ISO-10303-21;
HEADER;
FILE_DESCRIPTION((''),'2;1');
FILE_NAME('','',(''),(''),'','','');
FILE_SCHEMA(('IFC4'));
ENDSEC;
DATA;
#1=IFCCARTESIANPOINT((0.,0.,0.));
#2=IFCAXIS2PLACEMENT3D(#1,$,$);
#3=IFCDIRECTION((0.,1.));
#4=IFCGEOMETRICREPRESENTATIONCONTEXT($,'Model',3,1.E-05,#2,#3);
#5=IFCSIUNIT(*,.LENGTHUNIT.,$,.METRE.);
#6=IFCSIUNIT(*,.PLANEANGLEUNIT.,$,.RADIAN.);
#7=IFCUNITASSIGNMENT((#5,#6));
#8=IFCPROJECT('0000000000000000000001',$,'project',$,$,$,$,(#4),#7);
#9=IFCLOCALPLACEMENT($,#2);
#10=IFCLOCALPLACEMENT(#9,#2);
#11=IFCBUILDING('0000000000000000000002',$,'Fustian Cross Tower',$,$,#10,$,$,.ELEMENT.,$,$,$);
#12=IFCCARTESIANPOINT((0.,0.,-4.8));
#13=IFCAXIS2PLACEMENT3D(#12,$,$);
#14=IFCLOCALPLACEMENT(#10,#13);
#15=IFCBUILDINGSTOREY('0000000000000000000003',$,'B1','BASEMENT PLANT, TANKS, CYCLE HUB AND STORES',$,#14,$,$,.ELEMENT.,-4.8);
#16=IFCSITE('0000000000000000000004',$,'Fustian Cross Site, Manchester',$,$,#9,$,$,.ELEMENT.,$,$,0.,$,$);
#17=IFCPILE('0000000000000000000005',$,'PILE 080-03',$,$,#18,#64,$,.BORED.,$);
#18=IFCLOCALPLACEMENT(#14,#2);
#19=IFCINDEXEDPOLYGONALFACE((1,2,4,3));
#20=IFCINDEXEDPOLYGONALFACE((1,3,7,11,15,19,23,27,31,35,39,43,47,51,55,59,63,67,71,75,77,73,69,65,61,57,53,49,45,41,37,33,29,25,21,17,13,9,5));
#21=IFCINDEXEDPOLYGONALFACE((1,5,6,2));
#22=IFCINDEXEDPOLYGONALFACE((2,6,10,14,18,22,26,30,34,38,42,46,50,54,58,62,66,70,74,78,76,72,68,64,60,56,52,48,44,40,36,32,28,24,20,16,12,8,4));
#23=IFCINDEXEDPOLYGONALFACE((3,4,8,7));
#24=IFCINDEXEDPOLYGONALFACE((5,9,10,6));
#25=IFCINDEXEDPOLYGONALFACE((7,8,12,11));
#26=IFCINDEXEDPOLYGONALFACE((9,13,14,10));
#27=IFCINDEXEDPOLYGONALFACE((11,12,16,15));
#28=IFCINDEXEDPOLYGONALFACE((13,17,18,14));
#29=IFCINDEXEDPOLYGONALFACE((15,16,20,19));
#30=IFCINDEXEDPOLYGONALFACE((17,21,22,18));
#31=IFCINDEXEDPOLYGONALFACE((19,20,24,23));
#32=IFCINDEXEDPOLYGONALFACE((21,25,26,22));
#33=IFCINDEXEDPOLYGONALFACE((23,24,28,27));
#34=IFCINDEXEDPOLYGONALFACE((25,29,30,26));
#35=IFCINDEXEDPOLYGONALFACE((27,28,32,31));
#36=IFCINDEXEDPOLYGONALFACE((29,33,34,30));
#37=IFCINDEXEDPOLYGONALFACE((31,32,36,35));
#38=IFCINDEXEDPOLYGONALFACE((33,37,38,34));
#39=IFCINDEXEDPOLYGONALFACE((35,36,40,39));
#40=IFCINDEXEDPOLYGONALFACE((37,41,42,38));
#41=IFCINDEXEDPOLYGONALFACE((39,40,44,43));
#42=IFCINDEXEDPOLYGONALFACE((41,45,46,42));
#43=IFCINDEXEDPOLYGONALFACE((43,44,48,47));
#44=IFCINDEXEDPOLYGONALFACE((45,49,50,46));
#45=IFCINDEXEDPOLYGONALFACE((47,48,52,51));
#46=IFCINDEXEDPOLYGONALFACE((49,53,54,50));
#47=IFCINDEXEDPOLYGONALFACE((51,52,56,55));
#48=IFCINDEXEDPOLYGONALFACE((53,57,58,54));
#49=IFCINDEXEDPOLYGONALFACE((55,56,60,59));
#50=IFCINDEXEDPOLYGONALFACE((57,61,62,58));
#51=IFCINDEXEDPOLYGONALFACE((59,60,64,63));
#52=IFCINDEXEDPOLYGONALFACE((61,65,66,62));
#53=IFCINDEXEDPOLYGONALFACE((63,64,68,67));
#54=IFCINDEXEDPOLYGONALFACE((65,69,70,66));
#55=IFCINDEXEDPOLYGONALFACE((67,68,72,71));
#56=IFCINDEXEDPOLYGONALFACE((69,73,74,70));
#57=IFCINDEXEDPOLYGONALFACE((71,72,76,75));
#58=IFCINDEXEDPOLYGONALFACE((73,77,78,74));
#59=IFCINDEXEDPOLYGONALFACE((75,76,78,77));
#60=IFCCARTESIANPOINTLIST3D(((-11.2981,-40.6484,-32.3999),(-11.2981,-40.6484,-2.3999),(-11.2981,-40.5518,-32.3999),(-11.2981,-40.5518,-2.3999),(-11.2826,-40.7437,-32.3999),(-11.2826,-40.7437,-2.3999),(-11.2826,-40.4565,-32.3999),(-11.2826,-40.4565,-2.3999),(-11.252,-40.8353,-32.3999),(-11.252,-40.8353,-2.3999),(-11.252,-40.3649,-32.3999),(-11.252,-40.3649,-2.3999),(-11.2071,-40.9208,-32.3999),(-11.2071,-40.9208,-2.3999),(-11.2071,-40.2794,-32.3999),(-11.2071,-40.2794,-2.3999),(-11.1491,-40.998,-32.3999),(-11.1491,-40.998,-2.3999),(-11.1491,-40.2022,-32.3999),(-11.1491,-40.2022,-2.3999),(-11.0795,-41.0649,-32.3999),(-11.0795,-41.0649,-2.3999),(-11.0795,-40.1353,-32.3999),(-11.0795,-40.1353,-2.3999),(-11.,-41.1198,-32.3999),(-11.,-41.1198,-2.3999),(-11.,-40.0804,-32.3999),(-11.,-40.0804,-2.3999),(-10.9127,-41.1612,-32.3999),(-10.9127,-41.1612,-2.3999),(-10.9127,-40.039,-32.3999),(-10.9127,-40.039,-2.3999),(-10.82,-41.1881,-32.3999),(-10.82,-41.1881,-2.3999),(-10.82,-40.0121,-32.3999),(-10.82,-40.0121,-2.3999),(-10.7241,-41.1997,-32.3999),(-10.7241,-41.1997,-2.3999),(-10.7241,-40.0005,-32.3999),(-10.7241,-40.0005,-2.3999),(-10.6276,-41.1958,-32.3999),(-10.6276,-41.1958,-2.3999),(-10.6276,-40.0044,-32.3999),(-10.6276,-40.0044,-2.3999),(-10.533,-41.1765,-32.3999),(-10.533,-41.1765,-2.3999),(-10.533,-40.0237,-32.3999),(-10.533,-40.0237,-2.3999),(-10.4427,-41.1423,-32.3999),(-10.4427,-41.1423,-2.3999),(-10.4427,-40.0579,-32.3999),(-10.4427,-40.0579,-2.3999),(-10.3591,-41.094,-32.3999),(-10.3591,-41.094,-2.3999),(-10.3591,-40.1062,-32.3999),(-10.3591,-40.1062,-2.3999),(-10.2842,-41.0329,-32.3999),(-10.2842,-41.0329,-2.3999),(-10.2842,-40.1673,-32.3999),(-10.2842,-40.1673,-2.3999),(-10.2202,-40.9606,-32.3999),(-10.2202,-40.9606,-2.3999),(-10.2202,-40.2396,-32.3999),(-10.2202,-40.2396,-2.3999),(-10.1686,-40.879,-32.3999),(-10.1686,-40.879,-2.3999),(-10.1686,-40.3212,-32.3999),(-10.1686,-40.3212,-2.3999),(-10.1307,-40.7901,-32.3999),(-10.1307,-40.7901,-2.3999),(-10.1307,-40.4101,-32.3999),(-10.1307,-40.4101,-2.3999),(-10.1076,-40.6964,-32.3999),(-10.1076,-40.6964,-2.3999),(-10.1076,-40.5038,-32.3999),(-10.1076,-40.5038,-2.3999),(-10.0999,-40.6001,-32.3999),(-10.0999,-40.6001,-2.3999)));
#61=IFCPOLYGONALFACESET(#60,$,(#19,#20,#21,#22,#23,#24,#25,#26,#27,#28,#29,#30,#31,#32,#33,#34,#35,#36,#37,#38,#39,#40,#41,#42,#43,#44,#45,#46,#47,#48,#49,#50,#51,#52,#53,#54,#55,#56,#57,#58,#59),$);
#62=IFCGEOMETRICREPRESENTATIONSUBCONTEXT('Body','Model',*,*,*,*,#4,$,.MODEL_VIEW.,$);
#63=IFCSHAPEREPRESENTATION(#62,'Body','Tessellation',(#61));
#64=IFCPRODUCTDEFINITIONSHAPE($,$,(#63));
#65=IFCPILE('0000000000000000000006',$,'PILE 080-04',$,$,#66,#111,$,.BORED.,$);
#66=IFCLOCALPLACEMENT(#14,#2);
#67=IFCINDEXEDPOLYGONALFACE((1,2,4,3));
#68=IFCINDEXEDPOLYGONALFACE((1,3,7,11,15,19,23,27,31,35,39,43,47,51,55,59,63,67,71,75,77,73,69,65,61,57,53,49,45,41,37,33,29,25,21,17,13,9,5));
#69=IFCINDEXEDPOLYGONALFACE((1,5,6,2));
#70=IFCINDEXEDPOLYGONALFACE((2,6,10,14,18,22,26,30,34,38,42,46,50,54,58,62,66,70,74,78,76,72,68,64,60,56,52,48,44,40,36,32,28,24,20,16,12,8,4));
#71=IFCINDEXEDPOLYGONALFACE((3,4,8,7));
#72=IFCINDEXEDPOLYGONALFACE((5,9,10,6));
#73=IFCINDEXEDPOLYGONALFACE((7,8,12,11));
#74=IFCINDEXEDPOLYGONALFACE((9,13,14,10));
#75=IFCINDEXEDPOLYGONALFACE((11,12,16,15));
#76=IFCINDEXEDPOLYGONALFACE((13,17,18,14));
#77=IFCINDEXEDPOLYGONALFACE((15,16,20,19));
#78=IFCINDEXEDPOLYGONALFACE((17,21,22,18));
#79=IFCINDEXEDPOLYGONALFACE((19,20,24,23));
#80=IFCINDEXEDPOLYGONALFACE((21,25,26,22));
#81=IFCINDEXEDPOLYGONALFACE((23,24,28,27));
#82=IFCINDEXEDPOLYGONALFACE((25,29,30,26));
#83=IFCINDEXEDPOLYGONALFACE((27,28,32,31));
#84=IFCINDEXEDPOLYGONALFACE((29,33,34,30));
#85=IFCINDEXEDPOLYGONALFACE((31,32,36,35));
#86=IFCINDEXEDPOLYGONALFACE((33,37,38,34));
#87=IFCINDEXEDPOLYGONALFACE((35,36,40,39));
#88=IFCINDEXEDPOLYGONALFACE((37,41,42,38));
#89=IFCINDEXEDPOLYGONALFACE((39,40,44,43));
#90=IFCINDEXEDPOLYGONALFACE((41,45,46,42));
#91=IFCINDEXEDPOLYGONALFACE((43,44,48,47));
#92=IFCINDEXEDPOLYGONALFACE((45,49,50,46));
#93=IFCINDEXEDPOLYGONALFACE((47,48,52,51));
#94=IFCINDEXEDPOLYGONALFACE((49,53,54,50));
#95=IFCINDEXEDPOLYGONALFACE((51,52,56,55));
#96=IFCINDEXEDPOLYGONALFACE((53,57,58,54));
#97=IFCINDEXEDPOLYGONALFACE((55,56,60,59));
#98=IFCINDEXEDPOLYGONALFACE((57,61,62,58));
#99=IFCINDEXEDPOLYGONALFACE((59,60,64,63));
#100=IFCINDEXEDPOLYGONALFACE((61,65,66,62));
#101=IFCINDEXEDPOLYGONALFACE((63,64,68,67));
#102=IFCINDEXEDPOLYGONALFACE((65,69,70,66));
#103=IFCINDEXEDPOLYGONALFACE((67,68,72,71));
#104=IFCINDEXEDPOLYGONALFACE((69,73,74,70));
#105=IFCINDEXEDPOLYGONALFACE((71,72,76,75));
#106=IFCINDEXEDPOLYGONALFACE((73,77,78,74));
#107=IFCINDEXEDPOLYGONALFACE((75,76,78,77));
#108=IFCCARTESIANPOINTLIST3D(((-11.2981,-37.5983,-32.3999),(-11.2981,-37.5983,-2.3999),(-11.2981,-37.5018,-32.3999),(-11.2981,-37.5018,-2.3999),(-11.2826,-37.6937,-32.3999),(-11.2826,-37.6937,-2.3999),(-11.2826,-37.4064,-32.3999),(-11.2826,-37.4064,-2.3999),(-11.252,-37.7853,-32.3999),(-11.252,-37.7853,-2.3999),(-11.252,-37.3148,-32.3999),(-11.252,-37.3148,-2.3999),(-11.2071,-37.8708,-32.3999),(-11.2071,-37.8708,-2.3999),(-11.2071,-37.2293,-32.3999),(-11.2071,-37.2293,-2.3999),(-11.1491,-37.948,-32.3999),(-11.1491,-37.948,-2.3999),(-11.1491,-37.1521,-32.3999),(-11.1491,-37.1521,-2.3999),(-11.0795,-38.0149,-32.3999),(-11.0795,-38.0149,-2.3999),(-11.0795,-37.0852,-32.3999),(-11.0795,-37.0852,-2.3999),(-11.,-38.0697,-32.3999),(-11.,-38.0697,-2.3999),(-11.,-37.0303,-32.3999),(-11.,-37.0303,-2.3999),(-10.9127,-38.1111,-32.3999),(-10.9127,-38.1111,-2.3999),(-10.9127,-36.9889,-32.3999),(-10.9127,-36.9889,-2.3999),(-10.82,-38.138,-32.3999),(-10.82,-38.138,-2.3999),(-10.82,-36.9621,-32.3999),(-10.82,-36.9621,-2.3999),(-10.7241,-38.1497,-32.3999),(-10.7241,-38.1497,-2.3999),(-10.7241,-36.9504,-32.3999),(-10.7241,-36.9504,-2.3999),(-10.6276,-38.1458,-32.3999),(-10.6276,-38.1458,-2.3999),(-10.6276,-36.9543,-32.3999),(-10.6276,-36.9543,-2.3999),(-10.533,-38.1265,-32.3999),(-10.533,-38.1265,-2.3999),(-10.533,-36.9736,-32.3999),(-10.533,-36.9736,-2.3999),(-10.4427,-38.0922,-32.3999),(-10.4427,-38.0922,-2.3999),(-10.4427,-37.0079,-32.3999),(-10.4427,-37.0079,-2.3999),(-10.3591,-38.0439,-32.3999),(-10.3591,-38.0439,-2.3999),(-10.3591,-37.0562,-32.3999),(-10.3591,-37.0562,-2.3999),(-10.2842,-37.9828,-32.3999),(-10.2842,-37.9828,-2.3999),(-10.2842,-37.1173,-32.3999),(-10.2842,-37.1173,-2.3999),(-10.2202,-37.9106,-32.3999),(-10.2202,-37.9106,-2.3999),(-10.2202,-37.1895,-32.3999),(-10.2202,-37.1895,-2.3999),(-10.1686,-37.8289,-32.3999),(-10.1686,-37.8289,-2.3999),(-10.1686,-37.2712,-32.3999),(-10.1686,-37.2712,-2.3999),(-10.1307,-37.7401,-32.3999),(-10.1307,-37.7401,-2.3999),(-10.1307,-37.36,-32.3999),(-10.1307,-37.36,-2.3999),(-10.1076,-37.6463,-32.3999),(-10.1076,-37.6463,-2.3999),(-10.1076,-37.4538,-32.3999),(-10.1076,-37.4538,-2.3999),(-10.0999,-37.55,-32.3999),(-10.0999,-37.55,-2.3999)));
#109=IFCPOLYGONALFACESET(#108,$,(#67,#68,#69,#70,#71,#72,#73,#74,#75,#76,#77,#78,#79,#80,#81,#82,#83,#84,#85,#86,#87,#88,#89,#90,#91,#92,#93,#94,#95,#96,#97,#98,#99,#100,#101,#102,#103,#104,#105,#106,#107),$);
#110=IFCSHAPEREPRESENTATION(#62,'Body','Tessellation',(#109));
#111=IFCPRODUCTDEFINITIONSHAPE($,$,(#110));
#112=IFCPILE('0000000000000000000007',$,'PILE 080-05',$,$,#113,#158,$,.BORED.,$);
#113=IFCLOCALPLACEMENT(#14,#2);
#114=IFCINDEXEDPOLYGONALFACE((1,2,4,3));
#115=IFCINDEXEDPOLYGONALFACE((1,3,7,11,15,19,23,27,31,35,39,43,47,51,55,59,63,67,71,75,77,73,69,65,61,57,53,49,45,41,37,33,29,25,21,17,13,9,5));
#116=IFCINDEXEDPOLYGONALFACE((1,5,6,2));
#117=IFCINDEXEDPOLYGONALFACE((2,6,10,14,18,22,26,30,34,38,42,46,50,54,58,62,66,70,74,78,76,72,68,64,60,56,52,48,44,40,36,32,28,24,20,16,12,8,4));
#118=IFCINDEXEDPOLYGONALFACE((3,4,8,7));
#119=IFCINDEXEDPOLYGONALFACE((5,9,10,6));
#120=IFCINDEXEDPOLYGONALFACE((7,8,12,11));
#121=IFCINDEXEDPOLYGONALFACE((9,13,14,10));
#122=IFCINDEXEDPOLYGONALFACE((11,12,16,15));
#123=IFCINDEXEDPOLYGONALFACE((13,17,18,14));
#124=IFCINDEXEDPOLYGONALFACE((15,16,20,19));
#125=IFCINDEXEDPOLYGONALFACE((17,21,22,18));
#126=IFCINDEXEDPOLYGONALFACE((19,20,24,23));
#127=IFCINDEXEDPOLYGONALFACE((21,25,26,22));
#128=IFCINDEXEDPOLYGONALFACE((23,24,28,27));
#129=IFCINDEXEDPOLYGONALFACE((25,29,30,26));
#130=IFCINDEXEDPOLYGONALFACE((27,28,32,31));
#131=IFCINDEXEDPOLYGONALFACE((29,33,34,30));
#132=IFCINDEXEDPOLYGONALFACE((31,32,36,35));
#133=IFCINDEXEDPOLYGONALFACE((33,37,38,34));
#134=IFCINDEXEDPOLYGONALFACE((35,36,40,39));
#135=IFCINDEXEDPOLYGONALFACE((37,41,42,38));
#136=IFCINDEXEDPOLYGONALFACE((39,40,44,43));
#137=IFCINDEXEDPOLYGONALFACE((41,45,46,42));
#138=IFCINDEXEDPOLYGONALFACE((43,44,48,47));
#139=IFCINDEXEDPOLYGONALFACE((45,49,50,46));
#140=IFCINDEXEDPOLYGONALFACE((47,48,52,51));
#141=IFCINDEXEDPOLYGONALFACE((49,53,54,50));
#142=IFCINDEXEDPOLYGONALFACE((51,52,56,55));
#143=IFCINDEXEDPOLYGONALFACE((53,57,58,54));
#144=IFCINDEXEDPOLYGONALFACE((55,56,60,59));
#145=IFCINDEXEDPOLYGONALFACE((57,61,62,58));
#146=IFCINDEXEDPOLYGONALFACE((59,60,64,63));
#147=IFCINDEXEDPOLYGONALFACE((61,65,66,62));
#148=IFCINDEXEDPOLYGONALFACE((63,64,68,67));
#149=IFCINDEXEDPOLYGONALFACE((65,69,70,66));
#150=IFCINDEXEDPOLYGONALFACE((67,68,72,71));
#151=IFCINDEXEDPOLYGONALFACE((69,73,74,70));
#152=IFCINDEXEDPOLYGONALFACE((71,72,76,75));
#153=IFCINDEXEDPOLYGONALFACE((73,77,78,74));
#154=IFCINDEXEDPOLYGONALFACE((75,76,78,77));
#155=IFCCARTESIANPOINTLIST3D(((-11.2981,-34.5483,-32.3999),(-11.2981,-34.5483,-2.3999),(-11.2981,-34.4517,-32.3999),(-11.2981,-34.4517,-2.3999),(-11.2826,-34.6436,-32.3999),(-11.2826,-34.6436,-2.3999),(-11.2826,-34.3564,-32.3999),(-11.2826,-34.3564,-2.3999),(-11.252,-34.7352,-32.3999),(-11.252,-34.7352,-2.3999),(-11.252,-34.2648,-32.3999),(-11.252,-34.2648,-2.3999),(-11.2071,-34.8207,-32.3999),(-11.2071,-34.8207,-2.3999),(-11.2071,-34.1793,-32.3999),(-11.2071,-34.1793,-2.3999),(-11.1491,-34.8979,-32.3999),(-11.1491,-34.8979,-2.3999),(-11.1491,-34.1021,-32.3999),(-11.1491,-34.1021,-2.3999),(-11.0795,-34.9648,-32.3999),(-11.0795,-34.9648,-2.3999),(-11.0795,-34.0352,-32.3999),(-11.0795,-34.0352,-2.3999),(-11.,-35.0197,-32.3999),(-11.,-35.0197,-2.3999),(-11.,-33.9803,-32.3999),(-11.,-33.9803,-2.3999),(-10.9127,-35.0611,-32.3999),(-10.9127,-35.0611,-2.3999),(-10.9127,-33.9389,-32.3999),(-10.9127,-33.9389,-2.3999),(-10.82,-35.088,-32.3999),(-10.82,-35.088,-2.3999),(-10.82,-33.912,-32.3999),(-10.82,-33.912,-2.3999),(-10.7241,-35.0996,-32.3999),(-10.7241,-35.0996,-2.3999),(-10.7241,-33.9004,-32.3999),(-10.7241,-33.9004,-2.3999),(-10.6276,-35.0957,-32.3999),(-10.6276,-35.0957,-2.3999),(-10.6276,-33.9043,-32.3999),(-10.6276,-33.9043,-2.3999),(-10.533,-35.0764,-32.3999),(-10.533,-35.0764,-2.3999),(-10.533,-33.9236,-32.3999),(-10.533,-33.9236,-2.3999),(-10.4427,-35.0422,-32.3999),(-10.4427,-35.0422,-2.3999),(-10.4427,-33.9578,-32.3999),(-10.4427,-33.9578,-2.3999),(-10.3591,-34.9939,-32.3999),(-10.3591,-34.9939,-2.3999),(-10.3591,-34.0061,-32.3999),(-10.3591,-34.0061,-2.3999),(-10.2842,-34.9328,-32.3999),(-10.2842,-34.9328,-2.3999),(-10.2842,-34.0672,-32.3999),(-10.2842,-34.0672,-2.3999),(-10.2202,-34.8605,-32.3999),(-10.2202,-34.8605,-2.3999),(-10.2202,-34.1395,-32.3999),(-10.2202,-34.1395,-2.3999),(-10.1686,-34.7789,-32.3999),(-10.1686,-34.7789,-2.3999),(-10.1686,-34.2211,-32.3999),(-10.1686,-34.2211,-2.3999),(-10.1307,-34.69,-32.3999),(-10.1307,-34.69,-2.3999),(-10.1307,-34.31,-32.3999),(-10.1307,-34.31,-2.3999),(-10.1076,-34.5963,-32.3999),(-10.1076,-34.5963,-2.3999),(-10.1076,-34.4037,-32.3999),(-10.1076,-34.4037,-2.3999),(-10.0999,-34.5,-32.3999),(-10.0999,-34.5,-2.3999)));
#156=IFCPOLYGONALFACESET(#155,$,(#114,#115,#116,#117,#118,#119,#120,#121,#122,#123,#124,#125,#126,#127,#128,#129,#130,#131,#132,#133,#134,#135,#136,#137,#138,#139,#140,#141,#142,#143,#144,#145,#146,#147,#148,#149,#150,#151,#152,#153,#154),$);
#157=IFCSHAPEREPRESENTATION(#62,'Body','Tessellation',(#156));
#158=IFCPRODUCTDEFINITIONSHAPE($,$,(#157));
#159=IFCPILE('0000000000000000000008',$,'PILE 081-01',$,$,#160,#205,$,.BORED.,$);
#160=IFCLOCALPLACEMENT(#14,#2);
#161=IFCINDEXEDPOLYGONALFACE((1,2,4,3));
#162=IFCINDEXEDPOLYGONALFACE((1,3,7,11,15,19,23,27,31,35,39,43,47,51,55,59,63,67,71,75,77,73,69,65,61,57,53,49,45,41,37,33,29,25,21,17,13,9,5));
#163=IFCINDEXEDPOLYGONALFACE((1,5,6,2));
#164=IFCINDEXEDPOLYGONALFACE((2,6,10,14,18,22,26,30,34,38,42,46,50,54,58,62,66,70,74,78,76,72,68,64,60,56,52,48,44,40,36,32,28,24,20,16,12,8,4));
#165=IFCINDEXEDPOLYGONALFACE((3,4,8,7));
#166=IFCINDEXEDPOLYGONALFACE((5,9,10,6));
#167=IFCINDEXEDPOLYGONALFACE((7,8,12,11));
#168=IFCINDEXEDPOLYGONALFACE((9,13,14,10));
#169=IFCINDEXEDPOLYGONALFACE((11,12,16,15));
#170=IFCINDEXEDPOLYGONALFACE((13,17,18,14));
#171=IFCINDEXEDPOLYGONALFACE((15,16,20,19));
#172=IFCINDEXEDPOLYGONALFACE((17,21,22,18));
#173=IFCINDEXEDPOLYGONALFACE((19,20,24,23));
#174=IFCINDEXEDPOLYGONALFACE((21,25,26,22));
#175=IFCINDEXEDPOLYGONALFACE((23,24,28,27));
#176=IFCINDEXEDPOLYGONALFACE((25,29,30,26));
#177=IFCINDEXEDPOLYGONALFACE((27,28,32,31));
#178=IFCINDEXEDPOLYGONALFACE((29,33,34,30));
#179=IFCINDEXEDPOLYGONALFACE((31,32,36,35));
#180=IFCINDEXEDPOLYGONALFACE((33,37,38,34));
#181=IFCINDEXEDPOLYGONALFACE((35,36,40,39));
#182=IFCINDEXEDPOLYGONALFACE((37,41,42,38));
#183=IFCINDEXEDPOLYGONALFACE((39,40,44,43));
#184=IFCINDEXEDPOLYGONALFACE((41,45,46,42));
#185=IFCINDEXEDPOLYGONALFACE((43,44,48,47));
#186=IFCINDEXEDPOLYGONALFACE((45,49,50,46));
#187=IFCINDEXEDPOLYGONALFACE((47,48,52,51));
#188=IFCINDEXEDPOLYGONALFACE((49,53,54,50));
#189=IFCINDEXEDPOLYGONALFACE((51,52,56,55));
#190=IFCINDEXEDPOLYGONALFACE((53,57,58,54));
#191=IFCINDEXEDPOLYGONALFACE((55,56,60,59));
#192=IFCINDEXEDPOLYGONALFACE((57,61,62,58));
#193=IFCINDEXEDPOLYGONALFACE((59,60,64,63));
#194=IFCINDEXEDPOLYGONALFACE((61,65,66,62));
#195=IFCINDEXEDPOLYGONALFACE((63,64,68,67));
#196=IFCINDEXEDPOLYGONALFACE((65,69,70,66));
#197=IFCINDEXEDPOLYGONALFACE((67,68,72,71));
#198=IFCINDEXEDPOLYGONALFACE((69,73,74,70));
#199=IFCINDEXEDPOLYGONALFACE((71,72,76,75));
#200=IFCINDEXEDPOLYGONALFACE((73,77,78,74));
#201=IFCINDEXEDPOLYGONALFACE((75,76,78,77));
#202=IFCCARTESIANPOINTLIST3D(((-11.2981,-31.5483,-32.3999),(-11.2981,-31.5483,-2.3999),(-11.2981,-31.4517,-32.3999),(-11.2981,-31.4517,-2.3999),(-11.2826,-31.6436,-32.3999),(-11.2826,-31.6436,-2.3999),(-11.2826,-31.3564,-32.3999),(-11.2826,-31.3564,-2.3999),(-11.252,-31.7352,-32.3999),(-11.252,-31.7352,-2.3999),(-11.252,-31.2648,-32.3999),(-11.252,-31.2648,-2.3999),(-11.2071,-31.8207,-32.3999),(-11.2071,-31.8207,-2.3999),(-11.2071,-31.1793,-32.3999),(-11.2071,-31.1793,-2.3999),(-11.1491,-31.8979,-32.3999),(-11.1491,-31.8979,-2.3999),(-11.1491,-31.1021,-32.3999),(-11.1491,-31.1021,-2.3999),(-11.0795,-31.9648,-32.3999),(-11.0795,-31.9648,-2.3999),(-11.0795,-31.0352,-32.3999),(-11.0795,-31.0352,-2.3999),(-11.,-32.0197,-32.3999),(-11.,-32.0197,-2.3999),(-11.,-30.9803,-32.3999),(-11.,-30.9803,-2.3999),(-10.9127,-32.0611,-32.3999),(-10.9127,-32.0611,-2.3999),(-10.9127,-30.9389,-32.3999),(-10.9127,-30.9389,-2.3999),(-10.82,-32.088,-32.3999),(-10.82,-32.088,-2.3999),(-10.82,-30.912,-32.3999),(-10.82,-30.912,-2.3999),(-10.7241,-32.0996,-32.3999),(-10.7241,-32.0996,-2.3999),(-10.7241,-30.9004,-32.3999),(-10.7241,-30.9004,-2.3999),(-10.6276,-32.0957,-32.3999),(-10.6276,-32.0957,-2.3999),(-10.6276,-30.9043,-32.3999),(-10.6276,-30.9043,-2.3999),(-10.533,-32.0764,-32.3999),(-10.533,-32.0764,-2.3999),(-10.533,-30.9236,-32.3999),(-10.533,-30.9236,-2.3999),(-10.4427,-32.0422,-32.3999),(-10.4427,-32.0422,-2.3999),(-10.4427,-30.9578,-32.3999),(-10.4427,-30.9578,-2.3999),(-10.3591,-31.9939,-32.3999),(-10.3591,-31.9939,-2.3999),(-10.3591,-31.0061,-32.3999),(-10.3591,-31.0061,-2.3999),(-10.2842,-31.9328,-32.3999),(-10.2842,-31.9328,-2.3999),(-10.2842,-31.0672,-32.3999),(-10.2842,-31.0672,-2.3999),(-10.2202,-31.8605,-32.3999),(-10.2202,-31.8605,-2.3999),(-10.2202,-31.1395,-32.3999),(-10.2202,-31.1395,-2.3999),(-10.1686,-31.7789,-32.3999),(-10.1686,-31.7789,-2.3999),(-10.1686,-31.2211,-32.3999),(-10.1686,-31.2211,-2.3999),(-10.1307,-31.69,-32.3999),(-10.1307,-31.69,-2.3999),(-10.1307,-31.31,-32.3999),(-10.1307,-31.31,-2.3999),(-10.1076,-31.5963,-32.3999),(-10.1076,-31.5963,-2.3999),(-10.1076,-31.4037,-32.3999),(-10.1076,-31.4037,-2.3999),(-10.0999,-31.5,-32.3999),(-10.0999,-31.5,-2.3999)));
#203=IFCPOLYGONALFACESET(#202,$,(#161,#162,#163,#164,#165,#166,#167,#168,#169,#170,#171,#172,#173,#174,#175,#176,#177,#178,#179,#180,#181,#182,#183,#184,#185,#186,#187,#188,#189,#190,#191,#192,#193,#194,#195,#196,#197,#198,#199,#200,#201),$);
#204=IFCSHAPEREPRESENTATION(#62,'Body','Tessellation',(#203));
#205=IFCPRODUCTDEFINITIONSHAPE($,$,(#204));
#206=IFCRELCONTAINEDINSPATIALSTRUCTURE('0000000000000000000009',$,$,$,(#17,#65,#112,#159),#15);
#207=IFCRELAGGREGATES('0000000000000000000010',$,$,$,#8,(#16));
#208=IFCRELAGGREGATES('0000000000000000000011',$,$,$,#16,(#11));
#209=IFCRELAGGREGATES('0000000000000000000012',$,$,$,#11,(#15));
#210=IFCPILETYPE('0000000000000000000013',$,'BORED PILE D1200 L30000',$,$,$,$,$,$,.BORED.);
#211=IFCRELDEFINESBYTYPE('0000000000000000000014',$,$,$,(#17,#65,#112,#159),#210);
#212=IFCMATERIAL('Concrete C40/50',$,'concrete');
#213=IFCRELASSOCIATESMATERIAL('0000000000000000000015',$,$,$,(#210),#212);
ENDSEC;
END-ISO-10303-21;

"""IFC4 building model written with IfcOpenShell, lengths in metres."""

from ifc_helpers import new_model, si_unit, direction, frame, origin, origin_2d, place, context, subcontext, project, spatial, circle, extrude, material, material_profile, profile_set, type_object, element, save


model = new_model("IFC4")

# Units and contexts
model_context = context("Model", 3, precision=1e-05, world=origin(), true_north=direction((0.0, 1.0)))
body_context = subcontext(model_context, "Body", "Model", "MODEL_VIEW")
ifc_project = project(units=[si_unit("LENGTHUNIT", "METRE"), si_unit("PLANEANGLEUNIT", "RADIAN")], contexts=[model_context])

# Site, building, storey
site_placement = place(None, origin())
site = spatial("IfcSite", under=ifc_project, at=site_placement, Name="Fustian Cross Site, Manchester", CompositionType="ELEMENT", RefElevation=0.0)
building_placement = place(site_placement, origin())
building = spatial("IfcBuilding", under=site, at=building_placement, Name="Fustian Cross Tower", CompositionType="ELEMENT")
storey_placement = place(building_placement, frame((0.0, 0.0, -4.8)))
storey = spatial("IfcBuildingStorey", under=building, at=storey_placement, Name="B1", Description="BASEMENT PLANT, TANKS, CYCLE HUB AND STORES", CompositionType="ELEMENT", Elevation=-4.8)

# Piles
ifc_material_1 = material(Name="Concrete C40/50", Category="concrete")
ifc_material_profile_1 = material_profile(ifc_material_1, circle(Radius=0.6001, at=origin_2d()), Name="BORED PILE D1200 L30000")
ifc_profile_set_1 = profile_set([ifc_material_profile_1], Name="Concrete C40/50")
pile_type_1 = type_object("IfcPileType", Name="BORED PILE D1200 L30000", PredefinedType="BORED", material=ifc_profile_set_1)
for number, where, z_axis, x_axis, name in (
    (1, (-10.7, -40.6001, -2.3999), (0.0, 0.0, -1.0), (1.0, 0.0, 0.0), "PILE 080-03"),
    (2, (-10.7, -37.55, -2.3999), (0.0, 0.0, -1.0), (1.0, 0.0, 0.0), "PILE 080-04"),
    (3, (-10.7, -34.5, -2.3999), (0.0, 0.0, -1.0), (1.0, 0.0, 0.0), "PILE 080-05"),
    (4, (-10.7, -31.5, -2.3999), (0.0, 0.0, -1.0), (1.0, 0.0, 0.0), "PILE 081-01"),
):
    element("IfcPile", number, at=place(storey_placement, frame(where, z_axis=z_axis, x_axis=x_axis)), inside=storey, type_object=pile_type_1, Name=name, PredefinedType="BORED", context=body_context, shape_type="SweptSolid", body=[
        extrude(circle(Radius=0.6001, at=origin_2d()), origin(), (0.0, 0.0, 1.0), 30.0),
    ])

save(model, "model.ifc")
